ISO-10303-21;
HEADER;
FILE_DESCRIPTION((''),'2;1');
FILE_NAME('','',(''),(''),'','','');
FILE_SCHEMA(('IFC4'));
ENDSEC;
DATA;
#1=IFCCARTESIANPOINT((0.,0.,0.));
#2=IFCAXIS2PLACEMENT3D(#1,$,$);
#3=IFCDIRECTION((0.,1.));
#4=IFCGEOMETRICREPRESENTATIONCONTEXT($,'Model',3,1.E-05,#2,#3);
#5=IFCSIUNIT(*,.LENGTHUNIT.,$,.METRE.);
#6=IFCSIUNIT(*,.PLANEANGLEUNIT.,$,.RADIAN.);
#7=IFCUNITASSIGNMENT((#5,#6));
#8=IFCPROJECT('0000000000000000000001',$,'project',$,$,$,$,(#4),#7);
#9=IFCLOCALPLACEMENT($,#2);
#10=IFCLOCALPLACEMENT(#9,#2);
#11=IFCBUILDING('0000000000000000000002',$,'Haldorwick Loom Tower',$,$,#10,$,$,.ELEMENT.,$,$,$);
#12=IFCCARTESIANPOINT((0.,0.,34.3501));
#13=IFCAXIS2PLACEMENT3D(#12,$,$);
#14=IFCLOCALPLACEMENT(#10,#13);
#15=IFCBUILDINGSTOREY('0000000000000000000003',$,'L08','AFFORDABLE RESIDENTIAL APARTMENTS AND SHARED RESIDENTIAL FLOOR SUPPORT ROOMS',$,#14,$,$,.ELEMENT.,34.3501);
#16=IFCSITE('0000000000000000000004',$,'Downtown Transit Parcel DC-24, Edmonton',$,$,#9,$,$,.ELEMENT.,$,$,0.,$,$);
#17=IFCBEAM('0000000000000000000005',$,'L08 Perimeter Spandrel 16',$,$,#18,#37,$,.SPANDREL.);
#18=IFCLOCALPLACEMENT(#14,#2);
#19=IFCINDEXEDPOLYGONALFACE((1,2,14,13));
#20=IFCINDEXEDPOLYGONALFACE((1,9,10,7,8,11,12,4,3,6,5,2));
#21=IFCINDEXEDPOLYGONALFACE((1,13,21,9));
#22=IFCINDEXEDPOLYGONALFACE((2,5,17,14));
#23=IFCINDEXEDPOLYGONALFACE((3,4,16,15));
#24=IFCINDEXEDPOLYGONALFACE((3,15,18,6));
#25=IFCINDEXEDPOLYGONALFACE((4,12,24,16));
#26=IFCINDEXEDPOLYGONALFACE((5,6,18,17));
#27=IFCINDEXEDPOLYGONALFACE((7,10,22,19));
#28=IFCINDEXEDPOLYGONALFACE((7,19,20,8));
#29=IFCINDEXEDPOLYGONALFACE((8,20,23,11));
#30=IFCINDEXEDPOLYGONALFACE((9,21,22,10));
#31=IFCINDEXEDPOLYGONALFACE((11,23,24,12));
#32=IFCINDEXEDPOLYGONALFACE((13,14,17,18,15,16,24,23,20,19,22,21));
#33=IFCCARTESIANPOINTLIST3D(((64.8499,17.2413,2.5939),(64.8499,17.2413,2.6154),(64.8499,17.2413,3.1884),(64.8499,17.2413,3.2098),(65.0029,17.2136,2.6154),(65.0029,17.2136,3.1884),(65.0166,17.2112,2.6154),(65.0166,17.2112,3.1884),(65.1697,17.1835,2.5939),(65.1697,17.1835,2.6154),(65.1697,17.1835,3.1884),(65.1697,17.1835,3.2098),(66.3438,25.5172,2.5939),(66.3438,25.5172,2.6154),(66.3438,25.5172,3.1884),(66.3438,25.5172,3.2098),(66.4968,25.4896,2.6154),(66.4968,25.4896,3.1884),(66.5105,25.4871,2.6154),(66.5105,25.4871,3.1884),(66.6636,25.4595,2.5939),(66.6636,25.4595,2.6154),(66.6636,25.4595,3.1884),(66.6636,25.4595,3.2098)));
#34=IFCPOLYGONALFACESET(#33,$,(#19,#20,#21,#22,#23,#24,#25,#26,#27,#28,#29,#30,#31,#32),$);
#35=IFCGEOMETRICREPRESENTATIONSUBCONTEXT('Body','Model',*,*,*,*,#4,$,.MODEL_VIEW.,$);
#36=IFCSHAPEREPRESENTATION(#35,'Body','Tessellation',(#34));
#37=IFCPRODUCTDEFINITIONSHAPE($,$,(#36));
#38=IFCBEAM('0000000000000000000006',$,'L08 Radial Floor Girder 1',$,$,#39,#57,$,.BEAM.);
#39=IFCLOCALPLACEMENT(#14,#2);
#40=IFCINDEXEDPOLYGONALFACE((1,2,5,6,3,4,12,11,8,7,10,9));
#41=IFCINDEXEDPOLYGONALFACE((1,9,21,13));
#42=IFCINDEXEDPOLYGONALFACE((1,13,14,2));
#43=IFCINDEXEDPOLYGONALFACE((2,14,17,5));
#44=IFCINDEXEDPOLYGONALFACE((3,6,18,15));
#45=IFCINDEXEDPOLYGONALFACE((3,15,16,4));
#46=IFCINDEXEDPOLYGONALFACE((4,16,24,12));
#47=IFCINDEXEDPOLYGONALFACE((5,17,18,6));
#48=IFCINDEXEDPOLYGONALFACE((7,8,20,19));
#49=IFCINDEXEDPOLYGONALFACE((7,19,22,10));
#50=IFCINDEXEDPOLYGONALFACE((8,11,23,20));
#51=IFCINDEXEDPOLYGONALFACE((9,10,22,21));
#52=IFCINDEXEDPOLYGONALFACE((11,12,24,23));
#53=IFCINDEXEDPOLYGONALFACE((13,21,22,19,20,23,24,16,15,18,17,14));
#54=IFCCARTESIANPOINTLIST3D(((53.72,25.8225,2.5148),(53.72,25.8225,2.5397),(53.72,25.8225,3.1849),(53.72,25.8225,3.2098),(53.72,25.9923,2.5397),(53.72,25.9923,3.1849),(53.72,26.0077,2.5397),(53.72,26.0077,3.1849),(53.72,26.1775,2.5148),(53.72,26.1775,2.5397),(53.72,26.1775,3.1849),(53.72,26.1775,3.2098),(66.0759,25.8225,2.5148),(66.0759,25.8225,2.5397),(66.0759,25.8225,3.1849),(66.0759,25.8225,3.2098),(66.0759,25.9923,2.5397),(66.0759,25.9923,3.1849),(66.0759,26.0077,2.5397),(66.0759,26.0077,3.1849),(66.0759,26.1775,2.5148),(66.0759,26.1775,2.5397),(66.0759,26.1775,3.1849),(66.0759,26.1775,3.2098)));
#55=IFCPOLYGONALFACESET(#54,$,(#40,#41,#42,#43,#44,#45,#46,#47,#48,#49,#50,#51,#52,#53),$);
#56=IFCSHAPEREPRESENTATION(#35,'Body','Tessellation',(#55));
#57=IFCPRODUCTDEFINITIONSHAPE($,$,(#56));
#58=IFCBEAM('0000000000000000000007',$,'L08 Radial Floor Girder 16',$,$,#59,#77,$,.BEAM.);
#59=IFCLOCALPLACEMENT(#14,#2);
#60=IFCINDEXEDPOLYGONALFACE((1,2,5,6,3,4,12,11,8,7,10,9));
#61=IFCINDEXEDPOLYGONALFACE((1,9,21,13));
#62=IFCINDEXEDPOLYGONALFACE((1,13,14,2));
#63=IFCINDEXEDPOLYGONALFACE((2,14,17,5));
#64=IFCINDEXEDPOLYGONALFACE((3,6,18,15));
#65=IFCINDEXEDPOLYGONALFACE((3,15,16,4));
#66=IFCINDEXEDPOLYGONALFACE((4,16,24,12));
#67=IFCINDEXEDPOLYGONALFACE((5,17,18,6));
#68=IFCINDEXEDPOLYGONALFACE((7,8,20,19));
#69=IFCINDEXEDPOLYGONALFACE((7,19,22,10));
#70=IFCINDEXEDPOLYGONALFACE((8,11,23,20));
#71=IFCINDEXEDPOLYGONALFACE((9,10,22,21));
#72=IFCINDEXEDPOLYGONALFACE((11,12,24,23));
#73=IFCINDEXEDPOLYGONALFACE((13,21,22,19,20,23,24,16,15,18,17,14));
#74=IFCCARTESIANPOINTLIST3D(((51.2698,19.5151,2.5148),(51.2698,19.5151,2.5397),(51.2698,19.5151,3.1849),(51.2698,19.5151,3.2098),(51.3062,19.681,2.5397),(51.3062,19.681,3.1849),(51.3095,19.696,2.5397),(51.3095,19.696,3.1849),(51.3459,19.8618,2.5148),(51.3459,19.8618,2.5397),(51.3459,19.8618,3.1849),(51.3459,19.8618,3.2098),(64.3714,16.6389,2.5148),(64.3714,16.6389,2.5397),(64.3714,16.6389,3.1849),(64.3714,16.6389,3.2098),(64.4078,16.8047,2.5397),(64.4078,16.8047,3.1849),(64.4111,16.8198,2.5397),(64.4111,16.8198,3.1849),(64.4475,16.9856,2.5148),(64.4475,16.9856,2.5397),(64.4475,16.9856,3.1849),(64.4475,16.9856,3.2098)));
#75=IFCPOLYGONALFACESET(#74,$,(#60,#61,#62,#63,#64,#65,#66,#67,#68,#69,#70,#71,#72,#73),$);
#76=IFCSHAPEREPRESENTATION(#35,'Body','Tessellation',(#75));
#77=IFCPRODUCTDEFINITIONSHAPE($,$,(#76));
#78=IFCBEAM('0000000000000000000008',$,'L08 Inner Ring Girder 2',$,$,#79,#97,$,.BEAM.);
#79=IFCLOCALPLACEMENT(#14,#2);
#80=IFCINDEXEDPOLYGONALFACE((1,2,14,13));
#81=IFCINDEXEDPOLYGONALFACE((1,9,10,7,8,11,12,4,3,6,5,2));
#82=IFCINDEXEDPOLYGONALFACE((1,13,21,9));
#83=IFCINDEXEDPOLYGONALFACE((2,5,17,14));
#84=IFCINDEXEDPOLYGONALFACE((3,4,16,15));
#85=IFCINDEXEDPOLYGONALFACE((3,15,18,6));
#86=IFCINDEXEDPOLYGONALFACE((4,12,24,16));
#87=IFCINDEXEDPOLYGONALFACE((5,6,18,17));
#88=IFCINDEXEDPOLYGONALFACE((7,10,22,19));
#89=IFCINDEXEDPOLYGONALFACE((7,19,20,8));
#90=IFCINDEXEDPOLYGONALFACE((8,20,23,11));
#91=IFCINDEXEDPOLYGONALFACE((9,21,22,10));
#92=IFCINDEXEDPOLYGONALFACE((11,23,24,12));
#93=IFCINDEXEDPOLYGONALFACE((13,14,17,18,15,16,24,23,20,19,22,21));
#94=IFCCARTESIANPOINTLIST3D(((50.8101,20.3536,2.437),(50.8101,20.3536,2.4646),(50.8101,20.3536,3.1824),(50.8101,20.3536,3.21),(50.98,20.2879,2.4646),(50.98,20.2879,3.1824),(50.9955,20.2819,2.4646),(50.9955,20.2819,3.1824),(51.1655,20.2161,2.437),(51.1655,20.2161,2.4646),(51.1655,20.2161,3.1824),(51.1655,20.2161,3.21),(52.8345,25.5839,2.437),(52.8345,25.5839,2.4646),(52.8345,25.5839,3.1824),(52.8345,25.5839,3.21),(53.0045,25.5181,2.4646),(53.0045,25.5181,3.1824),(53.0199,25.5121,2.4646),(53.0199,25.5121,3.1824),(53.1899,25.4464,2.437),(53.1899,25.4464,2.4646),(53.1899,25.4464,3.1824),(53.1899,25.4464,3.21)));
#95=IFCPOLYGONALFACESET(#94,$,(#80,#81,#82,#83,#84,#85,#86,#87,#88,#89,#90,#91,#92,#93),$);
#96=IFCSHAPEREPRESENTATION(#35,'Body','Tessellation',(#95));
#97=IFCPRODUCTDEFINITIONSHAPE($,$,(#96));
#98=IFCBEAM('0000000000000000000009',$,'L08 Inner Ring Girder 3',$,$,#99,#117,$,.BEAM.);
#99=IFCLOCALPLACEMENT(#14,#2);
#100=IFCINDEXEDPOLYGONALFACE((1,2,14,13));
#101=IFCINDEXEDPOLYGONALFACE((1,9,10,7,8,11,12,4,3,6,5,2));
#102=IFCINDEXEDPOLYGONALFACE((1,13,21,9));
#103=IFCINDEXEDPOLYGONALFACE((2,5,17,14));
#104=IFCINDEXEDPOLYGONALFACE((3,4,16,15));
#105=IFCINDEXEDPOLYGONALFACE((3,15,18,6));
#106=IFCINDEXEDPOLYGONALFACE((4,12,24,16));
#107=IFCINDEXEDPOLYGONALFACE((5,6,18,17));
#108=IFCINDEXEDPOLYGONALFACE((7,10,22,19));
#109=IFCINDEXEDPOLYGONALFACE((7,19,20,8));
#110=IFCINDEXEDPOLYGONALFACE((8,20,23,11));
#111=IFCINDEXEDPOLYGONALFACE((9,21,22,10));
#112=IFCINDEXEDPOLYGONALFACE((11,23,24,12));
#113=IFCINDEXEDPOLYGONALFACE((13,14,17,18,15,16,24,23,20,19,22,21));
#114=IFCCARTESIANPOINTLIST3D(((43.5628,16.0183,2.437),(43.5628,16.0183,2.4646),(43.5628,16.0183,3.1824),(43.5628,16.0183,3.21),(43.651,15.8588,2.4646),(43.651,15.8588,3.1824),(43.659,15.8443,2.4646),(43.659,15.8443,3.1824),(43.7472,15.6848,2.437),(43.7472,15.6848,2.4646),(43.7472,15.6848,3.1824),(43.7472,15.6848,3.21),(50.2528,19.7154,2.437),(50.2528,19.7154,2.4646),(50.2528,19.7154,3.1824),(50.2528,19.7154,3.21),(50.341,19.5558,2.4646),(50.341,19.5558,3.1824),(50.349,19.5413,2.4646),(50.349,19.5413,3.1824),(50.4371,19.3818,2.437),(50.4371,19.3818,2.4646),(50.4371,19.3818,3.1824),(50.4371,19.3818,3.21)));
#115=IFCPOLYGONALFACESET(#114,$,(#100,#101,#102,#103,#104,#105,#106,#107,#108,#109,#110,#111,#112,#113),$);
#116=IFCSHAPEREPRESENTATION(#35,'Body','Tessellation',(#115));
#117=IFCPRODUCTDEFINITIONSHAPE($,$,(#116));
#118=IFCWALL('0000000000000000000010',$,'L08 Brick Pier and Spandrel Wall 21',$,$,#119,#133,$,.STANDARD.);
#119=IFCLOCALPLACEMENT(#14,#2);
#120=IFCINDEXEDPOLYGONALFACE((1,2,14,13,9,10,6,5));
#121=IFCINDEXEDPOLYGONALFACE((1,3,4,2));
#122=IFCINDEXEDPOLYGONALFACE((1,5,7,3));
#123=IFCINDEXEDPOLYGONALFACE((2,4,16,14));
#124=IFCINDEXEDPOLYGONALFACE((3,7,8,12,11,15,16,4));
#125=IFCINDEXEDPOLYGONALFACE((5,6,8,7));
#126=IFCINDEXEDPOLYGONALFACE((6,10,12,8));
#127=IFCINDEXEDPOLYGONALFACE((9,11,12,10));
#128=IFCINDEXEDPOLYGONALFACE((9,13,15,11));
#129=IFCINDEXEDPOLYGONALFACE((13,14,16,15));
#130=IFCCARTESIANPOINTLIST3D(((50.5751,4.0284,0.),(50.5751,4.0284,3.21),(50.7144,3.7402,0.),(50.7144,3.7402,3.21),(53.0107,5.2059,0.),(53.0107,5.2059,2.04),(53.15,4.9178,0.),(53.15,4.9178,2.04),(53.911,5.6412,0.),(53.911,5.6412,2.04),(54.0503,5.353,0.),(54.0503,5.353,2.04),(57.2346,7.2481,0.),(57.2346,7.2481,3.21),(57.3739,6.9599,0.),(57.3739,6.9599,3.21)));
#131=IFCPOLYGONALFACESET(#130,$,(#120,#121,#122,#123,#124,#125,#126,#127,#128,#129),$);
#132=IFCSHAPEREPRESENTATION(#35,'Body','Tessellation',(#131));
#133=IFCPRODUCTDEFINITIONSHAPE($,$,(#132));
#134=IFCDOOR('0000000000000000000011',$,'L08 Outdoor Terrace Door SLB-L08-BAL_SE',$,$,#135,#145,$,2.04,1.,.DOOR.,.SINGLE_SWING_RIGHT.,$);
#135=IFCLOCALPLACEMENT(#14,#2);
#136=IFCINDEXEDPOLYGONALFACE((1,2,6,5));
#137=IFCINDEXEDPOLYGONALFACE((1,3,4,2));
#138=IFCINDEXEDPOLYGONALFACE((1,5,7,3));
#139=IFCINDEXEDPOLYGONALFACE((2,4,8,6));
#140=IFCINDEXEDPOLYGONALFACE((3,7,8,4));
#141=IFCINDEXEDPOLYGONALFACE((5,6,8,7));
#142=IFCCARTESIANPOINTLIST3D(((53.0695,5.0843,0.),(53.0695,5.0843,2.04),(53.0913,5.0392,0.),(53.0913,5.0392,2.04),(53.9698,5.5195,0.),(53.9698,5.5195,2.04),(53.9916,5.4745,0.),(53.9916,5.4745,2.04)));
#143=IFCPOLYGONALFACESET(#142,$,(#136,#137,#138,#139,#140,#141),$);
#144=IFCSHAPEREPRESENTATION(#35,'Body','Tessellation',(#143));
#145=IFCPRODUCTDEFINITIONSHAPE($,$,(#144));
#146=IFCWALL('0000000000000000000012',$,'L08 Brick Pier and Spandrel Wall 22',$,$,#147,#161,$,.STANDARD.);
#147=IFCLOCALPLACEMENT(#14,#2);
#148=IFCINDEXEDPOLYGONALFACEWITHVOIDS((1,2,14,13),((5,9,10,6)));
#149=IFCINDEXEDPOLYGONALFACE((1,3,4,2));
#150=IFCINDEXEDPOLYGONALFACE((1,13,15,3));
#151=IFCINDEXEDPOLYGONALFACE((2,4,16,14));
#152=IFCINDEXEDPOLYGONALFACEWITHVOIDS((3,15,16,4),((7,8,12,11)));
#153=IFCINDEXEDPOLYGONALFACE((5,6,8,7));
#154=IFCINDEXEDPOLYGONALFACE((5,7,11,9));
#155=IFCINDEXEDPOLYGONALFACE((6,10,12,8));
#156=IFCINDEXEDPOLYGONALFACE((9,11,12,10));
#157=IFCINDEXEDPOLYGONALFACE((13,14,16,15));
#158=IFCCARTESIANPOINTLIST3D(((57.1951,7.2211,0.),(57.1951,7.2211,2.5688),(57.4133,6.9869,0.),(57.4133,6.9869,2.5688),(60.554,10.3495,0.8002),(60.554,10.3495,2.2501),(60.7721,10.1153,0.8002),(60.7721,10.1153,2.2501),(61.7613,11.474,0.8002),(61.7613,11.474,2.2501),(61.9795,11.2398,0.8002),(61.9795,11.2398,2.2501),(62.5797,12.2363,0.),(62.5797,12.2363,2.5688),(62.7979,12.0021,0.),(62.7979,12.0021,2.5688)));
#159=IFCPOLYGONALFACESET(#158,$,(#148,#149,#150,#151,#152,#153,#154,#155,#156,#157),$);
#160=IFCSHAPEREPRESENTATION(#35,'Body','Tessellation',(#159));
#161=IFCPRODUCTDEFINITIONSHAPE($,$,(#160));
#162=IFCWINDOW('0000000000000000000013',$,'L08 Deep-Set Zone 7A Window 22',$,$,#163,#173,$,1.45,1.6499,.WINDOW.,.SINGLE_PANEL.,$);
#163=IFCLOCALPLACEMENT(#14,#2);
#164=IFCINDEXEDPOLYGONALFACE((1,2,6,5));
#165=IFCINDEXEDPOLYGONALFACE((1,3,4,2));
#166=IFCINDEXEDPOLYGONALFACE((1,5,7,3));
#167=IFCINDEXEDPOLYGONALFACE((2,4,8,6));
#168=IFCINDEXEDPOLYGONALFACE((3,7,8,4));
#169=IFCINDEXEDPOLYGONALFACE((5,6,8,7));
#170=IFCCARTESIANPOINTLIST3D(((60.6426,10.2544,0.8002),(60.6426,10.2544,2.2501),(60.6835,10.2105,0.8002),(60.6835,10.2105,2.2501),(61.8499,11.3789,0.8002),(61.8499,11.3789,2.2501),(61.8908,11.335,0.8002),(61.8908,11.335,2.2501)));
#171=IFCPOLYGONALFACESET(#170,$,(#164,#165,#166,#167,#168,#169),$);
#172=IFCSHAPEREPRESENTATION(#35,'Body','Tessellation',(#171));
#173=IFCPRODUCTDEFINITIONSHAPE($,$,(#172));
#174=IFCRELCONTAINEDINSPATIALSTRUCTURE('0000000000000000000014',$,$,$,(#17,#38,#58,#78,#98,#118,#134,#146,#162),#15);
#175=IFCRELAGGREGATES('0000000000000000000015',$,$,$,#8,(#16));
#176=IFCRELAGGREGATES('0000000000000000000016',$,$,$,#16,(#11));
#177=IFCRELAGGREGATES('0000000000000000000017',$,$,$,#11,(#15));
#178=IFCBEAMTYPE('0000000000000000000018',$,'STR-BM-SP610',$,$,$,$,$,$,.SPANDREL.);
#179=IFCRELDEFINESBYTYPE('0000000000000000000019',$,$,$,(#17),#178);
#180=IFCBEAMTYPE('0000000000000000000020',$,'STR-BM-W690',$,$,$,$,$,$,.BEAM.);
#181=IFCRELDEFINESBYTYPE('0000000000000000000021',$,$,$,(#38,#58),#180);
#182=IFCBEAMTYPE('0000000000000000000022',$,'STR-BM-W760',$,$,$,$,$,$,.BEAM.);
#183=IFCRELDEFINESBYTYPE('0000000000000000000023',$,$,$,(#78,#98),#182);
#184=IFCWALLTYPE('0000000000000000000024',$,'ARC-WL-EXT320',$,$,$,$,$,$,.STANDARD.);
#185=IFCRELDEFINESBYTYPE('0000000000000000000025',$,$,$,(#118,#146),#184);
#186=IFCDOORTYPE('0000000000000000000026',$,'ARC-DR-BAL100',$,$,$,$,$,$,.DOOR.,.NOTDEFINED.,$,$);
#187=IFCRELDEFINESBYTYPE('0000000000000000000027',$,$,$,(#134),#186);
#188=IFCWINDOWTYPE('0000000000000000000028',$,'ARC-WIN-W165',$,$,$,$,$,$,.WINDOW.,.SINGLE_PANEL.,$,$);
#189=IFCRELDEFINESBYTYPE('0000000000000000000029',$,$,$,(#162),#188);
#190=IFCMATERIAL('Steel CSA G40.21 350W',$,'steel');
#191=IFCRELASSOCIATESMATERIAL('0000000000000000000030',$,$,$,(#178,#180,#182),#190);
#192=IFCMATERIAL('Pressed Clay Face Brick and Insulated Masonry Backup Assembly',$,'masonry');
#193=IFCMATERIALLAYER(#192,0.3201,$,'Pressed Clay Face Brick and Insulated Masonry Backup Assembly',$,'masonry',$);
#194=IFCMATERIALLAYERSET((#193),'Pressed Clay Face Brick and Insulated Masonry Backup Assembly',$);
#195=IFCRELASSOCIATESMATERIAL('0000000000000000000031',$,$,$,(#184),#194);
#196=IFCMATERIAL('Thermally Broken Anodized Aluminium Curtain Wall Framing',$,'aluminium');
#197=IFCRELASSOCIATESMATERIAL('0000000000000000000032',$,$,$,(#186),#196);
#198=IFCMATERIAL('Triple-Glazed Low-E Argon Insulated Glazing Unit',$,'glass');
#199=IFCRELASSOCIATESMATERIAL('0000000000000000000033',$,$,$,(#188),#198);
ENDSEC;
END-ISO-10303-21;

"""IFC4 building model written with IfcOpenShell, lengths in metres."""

from ifc_helpers import new_model, si_unit, direction, frame, frame_2d, origin, origin_2d, place, context, subcontext, project, spatial, rectangle, i_section, extrude, material, layer, layer_set, material_profile, profile_set, type_object, element, fill, save


model = new_model("IFC4")

# Units and contexts
model_context = context("Model", 3, precision=1e-05, world=origin(), true_north=direction((0.0, 1.0)))
body_context = subcontext(model_context, "Body", "Model", "MODEL_VIEW")
ifc_project = project(units=[si_unit("LENGTHUNIT", "METRE"), si_unit("PLANEANGLEUNIT", "RADIAN")], contexts=[model_context])

# Site, building, storey
site_placement = place(None, origin())
site = spatial("IfcSite", under=ifc_project, at=site_placement, Name="Downtown Transit Parcel DC-24, Edmonton", CompositionType="ELEMENT", RefElevation=0.0)
building_placement = place(site_placement, origin())
building = spatial("IfcBuilding", under=site, at=building_placement, Name="Haldorwick Loom Tower", CompositionType="ELEMENT")
storey_placement = place(building_placement, frame((0.0, 0.0, 34.3501)))
storey = spatial("IfcBuildingStorey", under=building, at=storey_placement, Name="L08", Description="AFFORDABLE RESIDENTIAL APARTMENTS AND SHARED RESIDENTIAL FLOOR SUPPORT ROOMS", CompositionType="ELEMENT", Elevation=34.3501)

# Beams
ifc_material_1 = material(Name="Steel CSA G40.21 350W", Category="steel")
ifc_material_profile_1 = material_profile(ifc_material_1, i_section(OverallWidth=0.325, OverallDepth=0.616, WebThickness=0.0139, FlangeThickness=0.0215, at=origin_2d()), Name="W610X174", Category="steel")
ifc_profile_set_1 = profile_set([ifc_material_profile_1], Name="Steel CSA G40.21 350W")
beam_type_1 = type_object("IfcBeamType", Name="STR-BM-SP610", PredefinedType="SPANDREL", material=ifc_profile_set_1)
beam_1_placement = place(storey_placement, frame((65.0098, 17.2124, 2.9019), z_axis=(0.177641, 0.984095, 0.0), x_axis=(-0.984095, 0.177641, 0.0)))
element("IfcBeam", 1, at=beam_1_placement, inside=storey, type_object=beam_type_1, Name="L08 Perimeter Spandrel 16", PredefinedType="SPANDREL", context=body_context, shape_type="SweptSolid", body=[
    extrude(i_section(OverallWidth=0.325, OverallDepth=0.616, WebThickness=0.0139, FlangeThickness=0.0215, at=origin_2d()), origin(), (0.0, 0.0, 1.0), 8.4097),
])
ifc_material_profile_2 = material_profile(ifc_material_1, i_section(OverallWidth=0.355, OverallDepth=0.6951, WebThickness=0.0154, FlangeThickness=0.0249, at=origin_2d()), Name="W690X217", Category="steel")
ifc_profile_set_2 = profile_set([ifc_material_profile_2], Name="Steel CSA G40.21 350W")
beam_type_2 = type_object("IfcBeamType", Name="STR-BM-W690", PredefinedType="BEAM", material=ifc_profile_set_2)
beam_2_placement = place(storey_placement, frame((53.72, 26.0, 2.8623), z_axis=(1.0, 0.0, 0.0), x_axis=(0.0, 1.0, 0.0)))
element("IfcBeam", 2, at=beam_2_placement, inside=storey, type_object=beam_type_2, Name="L08 Radial Floor Girder 1", PredefinedType="BEAM", context=body_context, shape_type="SweptSolid", body=[
    extrude(i_section(OverallWidth=0.355, OverallDepth=0.6951, WebThickness=0.0154, FlangeThickness=0.0249, at=origin_2d()), origin(), (0.0, 0.0, 1.0), 12.356),
])
beam_3_placement = place(storey_placement, frame((51.3079, 19.6885, 2.8623), z_axis=(0.97674, -0.214426, 0.0), x_axis=(0.214426, 0.97674, 0.0)))
element("IfcBeam", 3, at=beam_3_placement, inside=storey, type_object=beam_type_2, Name="L08 Radial Floor Girder 16", PredefinedType="BEAM", context=body_context, shape_type="SweptSolid", body=[
    extrude(i_section(OverallWidth=0.355, OverallDepth=0.6951, WebThickness=0.0154, FlangeThickness=0.0249, at=origin_2d()), origin(), (0.0, 0.0, 1.0), 13.4136),
])
ifc_material_profile_3 = material_profile(ifc_material_1, i_section(OverallWidth=0.3811, OverallDepth=0.7729, WebThickness=0.0166, FlangeThickness=0.0276, at=origin_2d()), Name="W760X257", Category="steel")
ifc_profile_set_3 = profile_set([ifc_material_profile_3], Name="Steel CSA G40.21 350W")
beam_type_3 = type_object("IfcBeamType", Name="STR-BM-W760", PredefinedType="BEAM", material=ifc_profile_set_3)
beam_4_placement = place(storey_placement, frame((53.0122, 25.5151, 2.8235), z_axis=(-0.360965, -0.932579, 0.0), x_axis=(0.932579, -0.360965, 0.0)))
element("IfcBeam", 4, at=beam_4_placement, inside=storey, type_object=beam_type_3, Name="L08 Inner Ring Girder 2", PredefinedType="BEAM", context=body_context, shape_type="SweptSolid", body=[
    extrude(i_section(OverallWidth=0.3811, OverallDepth=0.7729, WebThickness=0.0166, FlangeThickness=0.0276, at=origin_2d()), origin(), (0.0, 0.0, 1.0), 5.6084),
])
beam_5_placement = place(storey_placement, frame((50.345, 19.5486, 2.8235), z_axis=(-0.875244, -0.483681, 0.0), x_axis=(0.483681, -0.875244, 0.0)))
element("IfcBeam", 5, at=beam_5_placement, inside=storey, type_object=beam_type_3, Name="L08 Inner Ring Girder 3", PredefinedType="BEAM", context=body_context, shape_type="SweptSolid", body=[
    extrude(i_section(OverallWidth=0.3811, OverallDepth=0.7729, WebThickness=0.0166, FlangeThickness=0.0276, at=origin_2d()), origin(), (0.0, 0.0, 1.0), 7.6436),
])

# Wall, opening, door
ifc_material_2 = material(Name="Pressed Clay Face Brick and Insulated Masonry Backup Assembly", Category="masonry")
ifc_layer_1 = layer(ifc_material_2, 0.3201, Name="Pressed Clay Face Brick and Insulated Masonry Backup Assembly", Category="masonry")
ifc_layer_set_1 = layer_set([ifc_layer_1], Name="Pressed Clay Face Brick and Insulated Masonry Backup Assembly")
wall_type_1 = type_object("IfcWallType", Name="ARC-WL-EXT320", PredefinedType="STANDARD", material=ifc_layer_set_1)
wall_1_placement = place(storey_placement, frame((50.6448, 3.8843, 0.0), z_axis=(0.0, 0.0, 1.0), x_axis=(0.900296, 0.435279, 0.0)))
wall_1 = element("IfcWall", 6, at=wall_1_placement, inside=storey, type_object=wall_type_1, Name="L08 Brick Pier and Spandrel Wall 21", PredefinedType="STANDARD", context=body_context, shape_type="SweptSolid", body=[
    extrude(rectangle(XDim=7.397, YDim=0.3201, at=frame_2d((3.6985, 0.0))), origin(), (0.0, 0.0, 1.0), 3.21),
])
opening_1_placement = place(wall_1_placement, frame((2.7053, 0.0, 0.0)))
opening_1 = element("IfcOpeningElement", 7, at=opening_1_placement, cuts=wall_1, PredefinedType="OPENING", context=body_context, shape_type="SweptSolid", body=[
    extrude(rectangle(XDim=1.0, YDim=2.04, at=frame_2d((0.5, 1.02))), frame((0.0, 0.1699, 0.0), z_axis=(0.0, -1.0, 0.0), x_axis=(1.0, 0.0, 0.0)), (0.0, 0.0, 1.0), 0.3401),
])
ifc_material_3 = material(Name="Thermally Broken Anodized Aluminium Curtain Wall Framing", Category="aluminium")
door_type_1 = type_object("IfcDoorType", Name="ARC-DR-BAL100", OperationType="NOTDEFINED", PredefinedType="DOOR", material=ifc_material_3)
door_1_placement = place(opening_1_placement, origin())
door_1 = element("IfcDoor", 8, at=door_1_placement, inside=storey, type_object=door_type_1, Name="L08 Outdoor Terrace Door SLB-L08-BAL_SE", OperationType="SINGLE_SWING_RIGHT", OverallHeight=2.04, OverallWidth=1.0, PredefinedType="DOOR", context=body_context, shape_type="SweptSolid", body=[
    extrude(rectangle(XDim=1.0, YDim=2.04, at=frame_2d((0.5, 1.02))), frame((0.0, 0.0249, 0.0), z_axis=(0.0, -1.0, 0.0), x_axis=(1.0, 0.0, 0.0)), (0.0, 0.0, 1.0), 0.05),
])
fill(opening_1, door_1)

# Wall, opening, window
wall_2_placement = place(storey_placement, frame((57.3042, 7.104, 0.0), z_axis=(0.0, 0.0, 1.0), x_axis=(0.731761, 0.681561, 0.0)))
wall_2 = element("IfcWall", 9, at=wall_2_placement, inside=storey, type_object=wall_type_1, Name="L08 Brick Pier and Spandrel Wall 22", PredefinedType="STANDARD", context=body_context, shape_type="SweptSolid", body=[
    extrude(rectangle(XDim=7.3584, YDim=0.3201, at=frame_2d((3.6792, 0.0))), origin(), (0.0, 0.0, 1.0), 2.5688),
])
opening_2_placement = place(wall_2_placement, frame((4.5901, 0.0, 0.8)))
opening_2 = element("IfcOpeningElement", 10, at=opening_2_placement, cuts=wall_2, PredefinedType="OPENING", context=body_context, shape_type="SweptSolid", body=[
    extrude(rectangle(XDim=1.6499, YDim=1.45, at=frame_2d((0.825, 0.7251))), frame((0.0, 0.1699, 0.0), z_axis=(0.0, -1.0, 0.0), x_axis=(1.0, 0.0, 0.0)), (0.0, 0.0, 1.0), 0.3401),
])
ifc_material_4 = material(Name="Triple-Glazed Low-E Argon Insulated Glazing Unit", Category="glass")
window_type = type_object("IfcWindowType", Name="ARC-WIN-W165", PartitioningType="SINGLE_PANEL", PredefinedType="WINDOW", material=ifc_material_4)
window_1_placement = place(opening_2_placement, origin())
window_1 = element("IfcWindow", 11, at=window_1_placement, inside=storey, type_object=window_type, Name="L08 Deep-Set Zone 7A Window 22", OverallHeight=1.45, OverallWidth=1.6499, PartitioningType="SINGLE_PANEL", PredefinedType="WINDOW", context=body_context, shape_type="SweptSolid", body=[
    extrude(rectangle(XDim=1.6499, YDim=1.45, at=frame_2d((0.825, 0.7251))), frame((0.0, 0.03, 0.0), z_axis=(0.0, -1.0, 0.0), x_axis=(1.0, 0.0, 0.0)), (0.0, 0.0, 1.0), 0.0601),
])
fill(opening_2, window_1)

save(model, "model.ifc")
